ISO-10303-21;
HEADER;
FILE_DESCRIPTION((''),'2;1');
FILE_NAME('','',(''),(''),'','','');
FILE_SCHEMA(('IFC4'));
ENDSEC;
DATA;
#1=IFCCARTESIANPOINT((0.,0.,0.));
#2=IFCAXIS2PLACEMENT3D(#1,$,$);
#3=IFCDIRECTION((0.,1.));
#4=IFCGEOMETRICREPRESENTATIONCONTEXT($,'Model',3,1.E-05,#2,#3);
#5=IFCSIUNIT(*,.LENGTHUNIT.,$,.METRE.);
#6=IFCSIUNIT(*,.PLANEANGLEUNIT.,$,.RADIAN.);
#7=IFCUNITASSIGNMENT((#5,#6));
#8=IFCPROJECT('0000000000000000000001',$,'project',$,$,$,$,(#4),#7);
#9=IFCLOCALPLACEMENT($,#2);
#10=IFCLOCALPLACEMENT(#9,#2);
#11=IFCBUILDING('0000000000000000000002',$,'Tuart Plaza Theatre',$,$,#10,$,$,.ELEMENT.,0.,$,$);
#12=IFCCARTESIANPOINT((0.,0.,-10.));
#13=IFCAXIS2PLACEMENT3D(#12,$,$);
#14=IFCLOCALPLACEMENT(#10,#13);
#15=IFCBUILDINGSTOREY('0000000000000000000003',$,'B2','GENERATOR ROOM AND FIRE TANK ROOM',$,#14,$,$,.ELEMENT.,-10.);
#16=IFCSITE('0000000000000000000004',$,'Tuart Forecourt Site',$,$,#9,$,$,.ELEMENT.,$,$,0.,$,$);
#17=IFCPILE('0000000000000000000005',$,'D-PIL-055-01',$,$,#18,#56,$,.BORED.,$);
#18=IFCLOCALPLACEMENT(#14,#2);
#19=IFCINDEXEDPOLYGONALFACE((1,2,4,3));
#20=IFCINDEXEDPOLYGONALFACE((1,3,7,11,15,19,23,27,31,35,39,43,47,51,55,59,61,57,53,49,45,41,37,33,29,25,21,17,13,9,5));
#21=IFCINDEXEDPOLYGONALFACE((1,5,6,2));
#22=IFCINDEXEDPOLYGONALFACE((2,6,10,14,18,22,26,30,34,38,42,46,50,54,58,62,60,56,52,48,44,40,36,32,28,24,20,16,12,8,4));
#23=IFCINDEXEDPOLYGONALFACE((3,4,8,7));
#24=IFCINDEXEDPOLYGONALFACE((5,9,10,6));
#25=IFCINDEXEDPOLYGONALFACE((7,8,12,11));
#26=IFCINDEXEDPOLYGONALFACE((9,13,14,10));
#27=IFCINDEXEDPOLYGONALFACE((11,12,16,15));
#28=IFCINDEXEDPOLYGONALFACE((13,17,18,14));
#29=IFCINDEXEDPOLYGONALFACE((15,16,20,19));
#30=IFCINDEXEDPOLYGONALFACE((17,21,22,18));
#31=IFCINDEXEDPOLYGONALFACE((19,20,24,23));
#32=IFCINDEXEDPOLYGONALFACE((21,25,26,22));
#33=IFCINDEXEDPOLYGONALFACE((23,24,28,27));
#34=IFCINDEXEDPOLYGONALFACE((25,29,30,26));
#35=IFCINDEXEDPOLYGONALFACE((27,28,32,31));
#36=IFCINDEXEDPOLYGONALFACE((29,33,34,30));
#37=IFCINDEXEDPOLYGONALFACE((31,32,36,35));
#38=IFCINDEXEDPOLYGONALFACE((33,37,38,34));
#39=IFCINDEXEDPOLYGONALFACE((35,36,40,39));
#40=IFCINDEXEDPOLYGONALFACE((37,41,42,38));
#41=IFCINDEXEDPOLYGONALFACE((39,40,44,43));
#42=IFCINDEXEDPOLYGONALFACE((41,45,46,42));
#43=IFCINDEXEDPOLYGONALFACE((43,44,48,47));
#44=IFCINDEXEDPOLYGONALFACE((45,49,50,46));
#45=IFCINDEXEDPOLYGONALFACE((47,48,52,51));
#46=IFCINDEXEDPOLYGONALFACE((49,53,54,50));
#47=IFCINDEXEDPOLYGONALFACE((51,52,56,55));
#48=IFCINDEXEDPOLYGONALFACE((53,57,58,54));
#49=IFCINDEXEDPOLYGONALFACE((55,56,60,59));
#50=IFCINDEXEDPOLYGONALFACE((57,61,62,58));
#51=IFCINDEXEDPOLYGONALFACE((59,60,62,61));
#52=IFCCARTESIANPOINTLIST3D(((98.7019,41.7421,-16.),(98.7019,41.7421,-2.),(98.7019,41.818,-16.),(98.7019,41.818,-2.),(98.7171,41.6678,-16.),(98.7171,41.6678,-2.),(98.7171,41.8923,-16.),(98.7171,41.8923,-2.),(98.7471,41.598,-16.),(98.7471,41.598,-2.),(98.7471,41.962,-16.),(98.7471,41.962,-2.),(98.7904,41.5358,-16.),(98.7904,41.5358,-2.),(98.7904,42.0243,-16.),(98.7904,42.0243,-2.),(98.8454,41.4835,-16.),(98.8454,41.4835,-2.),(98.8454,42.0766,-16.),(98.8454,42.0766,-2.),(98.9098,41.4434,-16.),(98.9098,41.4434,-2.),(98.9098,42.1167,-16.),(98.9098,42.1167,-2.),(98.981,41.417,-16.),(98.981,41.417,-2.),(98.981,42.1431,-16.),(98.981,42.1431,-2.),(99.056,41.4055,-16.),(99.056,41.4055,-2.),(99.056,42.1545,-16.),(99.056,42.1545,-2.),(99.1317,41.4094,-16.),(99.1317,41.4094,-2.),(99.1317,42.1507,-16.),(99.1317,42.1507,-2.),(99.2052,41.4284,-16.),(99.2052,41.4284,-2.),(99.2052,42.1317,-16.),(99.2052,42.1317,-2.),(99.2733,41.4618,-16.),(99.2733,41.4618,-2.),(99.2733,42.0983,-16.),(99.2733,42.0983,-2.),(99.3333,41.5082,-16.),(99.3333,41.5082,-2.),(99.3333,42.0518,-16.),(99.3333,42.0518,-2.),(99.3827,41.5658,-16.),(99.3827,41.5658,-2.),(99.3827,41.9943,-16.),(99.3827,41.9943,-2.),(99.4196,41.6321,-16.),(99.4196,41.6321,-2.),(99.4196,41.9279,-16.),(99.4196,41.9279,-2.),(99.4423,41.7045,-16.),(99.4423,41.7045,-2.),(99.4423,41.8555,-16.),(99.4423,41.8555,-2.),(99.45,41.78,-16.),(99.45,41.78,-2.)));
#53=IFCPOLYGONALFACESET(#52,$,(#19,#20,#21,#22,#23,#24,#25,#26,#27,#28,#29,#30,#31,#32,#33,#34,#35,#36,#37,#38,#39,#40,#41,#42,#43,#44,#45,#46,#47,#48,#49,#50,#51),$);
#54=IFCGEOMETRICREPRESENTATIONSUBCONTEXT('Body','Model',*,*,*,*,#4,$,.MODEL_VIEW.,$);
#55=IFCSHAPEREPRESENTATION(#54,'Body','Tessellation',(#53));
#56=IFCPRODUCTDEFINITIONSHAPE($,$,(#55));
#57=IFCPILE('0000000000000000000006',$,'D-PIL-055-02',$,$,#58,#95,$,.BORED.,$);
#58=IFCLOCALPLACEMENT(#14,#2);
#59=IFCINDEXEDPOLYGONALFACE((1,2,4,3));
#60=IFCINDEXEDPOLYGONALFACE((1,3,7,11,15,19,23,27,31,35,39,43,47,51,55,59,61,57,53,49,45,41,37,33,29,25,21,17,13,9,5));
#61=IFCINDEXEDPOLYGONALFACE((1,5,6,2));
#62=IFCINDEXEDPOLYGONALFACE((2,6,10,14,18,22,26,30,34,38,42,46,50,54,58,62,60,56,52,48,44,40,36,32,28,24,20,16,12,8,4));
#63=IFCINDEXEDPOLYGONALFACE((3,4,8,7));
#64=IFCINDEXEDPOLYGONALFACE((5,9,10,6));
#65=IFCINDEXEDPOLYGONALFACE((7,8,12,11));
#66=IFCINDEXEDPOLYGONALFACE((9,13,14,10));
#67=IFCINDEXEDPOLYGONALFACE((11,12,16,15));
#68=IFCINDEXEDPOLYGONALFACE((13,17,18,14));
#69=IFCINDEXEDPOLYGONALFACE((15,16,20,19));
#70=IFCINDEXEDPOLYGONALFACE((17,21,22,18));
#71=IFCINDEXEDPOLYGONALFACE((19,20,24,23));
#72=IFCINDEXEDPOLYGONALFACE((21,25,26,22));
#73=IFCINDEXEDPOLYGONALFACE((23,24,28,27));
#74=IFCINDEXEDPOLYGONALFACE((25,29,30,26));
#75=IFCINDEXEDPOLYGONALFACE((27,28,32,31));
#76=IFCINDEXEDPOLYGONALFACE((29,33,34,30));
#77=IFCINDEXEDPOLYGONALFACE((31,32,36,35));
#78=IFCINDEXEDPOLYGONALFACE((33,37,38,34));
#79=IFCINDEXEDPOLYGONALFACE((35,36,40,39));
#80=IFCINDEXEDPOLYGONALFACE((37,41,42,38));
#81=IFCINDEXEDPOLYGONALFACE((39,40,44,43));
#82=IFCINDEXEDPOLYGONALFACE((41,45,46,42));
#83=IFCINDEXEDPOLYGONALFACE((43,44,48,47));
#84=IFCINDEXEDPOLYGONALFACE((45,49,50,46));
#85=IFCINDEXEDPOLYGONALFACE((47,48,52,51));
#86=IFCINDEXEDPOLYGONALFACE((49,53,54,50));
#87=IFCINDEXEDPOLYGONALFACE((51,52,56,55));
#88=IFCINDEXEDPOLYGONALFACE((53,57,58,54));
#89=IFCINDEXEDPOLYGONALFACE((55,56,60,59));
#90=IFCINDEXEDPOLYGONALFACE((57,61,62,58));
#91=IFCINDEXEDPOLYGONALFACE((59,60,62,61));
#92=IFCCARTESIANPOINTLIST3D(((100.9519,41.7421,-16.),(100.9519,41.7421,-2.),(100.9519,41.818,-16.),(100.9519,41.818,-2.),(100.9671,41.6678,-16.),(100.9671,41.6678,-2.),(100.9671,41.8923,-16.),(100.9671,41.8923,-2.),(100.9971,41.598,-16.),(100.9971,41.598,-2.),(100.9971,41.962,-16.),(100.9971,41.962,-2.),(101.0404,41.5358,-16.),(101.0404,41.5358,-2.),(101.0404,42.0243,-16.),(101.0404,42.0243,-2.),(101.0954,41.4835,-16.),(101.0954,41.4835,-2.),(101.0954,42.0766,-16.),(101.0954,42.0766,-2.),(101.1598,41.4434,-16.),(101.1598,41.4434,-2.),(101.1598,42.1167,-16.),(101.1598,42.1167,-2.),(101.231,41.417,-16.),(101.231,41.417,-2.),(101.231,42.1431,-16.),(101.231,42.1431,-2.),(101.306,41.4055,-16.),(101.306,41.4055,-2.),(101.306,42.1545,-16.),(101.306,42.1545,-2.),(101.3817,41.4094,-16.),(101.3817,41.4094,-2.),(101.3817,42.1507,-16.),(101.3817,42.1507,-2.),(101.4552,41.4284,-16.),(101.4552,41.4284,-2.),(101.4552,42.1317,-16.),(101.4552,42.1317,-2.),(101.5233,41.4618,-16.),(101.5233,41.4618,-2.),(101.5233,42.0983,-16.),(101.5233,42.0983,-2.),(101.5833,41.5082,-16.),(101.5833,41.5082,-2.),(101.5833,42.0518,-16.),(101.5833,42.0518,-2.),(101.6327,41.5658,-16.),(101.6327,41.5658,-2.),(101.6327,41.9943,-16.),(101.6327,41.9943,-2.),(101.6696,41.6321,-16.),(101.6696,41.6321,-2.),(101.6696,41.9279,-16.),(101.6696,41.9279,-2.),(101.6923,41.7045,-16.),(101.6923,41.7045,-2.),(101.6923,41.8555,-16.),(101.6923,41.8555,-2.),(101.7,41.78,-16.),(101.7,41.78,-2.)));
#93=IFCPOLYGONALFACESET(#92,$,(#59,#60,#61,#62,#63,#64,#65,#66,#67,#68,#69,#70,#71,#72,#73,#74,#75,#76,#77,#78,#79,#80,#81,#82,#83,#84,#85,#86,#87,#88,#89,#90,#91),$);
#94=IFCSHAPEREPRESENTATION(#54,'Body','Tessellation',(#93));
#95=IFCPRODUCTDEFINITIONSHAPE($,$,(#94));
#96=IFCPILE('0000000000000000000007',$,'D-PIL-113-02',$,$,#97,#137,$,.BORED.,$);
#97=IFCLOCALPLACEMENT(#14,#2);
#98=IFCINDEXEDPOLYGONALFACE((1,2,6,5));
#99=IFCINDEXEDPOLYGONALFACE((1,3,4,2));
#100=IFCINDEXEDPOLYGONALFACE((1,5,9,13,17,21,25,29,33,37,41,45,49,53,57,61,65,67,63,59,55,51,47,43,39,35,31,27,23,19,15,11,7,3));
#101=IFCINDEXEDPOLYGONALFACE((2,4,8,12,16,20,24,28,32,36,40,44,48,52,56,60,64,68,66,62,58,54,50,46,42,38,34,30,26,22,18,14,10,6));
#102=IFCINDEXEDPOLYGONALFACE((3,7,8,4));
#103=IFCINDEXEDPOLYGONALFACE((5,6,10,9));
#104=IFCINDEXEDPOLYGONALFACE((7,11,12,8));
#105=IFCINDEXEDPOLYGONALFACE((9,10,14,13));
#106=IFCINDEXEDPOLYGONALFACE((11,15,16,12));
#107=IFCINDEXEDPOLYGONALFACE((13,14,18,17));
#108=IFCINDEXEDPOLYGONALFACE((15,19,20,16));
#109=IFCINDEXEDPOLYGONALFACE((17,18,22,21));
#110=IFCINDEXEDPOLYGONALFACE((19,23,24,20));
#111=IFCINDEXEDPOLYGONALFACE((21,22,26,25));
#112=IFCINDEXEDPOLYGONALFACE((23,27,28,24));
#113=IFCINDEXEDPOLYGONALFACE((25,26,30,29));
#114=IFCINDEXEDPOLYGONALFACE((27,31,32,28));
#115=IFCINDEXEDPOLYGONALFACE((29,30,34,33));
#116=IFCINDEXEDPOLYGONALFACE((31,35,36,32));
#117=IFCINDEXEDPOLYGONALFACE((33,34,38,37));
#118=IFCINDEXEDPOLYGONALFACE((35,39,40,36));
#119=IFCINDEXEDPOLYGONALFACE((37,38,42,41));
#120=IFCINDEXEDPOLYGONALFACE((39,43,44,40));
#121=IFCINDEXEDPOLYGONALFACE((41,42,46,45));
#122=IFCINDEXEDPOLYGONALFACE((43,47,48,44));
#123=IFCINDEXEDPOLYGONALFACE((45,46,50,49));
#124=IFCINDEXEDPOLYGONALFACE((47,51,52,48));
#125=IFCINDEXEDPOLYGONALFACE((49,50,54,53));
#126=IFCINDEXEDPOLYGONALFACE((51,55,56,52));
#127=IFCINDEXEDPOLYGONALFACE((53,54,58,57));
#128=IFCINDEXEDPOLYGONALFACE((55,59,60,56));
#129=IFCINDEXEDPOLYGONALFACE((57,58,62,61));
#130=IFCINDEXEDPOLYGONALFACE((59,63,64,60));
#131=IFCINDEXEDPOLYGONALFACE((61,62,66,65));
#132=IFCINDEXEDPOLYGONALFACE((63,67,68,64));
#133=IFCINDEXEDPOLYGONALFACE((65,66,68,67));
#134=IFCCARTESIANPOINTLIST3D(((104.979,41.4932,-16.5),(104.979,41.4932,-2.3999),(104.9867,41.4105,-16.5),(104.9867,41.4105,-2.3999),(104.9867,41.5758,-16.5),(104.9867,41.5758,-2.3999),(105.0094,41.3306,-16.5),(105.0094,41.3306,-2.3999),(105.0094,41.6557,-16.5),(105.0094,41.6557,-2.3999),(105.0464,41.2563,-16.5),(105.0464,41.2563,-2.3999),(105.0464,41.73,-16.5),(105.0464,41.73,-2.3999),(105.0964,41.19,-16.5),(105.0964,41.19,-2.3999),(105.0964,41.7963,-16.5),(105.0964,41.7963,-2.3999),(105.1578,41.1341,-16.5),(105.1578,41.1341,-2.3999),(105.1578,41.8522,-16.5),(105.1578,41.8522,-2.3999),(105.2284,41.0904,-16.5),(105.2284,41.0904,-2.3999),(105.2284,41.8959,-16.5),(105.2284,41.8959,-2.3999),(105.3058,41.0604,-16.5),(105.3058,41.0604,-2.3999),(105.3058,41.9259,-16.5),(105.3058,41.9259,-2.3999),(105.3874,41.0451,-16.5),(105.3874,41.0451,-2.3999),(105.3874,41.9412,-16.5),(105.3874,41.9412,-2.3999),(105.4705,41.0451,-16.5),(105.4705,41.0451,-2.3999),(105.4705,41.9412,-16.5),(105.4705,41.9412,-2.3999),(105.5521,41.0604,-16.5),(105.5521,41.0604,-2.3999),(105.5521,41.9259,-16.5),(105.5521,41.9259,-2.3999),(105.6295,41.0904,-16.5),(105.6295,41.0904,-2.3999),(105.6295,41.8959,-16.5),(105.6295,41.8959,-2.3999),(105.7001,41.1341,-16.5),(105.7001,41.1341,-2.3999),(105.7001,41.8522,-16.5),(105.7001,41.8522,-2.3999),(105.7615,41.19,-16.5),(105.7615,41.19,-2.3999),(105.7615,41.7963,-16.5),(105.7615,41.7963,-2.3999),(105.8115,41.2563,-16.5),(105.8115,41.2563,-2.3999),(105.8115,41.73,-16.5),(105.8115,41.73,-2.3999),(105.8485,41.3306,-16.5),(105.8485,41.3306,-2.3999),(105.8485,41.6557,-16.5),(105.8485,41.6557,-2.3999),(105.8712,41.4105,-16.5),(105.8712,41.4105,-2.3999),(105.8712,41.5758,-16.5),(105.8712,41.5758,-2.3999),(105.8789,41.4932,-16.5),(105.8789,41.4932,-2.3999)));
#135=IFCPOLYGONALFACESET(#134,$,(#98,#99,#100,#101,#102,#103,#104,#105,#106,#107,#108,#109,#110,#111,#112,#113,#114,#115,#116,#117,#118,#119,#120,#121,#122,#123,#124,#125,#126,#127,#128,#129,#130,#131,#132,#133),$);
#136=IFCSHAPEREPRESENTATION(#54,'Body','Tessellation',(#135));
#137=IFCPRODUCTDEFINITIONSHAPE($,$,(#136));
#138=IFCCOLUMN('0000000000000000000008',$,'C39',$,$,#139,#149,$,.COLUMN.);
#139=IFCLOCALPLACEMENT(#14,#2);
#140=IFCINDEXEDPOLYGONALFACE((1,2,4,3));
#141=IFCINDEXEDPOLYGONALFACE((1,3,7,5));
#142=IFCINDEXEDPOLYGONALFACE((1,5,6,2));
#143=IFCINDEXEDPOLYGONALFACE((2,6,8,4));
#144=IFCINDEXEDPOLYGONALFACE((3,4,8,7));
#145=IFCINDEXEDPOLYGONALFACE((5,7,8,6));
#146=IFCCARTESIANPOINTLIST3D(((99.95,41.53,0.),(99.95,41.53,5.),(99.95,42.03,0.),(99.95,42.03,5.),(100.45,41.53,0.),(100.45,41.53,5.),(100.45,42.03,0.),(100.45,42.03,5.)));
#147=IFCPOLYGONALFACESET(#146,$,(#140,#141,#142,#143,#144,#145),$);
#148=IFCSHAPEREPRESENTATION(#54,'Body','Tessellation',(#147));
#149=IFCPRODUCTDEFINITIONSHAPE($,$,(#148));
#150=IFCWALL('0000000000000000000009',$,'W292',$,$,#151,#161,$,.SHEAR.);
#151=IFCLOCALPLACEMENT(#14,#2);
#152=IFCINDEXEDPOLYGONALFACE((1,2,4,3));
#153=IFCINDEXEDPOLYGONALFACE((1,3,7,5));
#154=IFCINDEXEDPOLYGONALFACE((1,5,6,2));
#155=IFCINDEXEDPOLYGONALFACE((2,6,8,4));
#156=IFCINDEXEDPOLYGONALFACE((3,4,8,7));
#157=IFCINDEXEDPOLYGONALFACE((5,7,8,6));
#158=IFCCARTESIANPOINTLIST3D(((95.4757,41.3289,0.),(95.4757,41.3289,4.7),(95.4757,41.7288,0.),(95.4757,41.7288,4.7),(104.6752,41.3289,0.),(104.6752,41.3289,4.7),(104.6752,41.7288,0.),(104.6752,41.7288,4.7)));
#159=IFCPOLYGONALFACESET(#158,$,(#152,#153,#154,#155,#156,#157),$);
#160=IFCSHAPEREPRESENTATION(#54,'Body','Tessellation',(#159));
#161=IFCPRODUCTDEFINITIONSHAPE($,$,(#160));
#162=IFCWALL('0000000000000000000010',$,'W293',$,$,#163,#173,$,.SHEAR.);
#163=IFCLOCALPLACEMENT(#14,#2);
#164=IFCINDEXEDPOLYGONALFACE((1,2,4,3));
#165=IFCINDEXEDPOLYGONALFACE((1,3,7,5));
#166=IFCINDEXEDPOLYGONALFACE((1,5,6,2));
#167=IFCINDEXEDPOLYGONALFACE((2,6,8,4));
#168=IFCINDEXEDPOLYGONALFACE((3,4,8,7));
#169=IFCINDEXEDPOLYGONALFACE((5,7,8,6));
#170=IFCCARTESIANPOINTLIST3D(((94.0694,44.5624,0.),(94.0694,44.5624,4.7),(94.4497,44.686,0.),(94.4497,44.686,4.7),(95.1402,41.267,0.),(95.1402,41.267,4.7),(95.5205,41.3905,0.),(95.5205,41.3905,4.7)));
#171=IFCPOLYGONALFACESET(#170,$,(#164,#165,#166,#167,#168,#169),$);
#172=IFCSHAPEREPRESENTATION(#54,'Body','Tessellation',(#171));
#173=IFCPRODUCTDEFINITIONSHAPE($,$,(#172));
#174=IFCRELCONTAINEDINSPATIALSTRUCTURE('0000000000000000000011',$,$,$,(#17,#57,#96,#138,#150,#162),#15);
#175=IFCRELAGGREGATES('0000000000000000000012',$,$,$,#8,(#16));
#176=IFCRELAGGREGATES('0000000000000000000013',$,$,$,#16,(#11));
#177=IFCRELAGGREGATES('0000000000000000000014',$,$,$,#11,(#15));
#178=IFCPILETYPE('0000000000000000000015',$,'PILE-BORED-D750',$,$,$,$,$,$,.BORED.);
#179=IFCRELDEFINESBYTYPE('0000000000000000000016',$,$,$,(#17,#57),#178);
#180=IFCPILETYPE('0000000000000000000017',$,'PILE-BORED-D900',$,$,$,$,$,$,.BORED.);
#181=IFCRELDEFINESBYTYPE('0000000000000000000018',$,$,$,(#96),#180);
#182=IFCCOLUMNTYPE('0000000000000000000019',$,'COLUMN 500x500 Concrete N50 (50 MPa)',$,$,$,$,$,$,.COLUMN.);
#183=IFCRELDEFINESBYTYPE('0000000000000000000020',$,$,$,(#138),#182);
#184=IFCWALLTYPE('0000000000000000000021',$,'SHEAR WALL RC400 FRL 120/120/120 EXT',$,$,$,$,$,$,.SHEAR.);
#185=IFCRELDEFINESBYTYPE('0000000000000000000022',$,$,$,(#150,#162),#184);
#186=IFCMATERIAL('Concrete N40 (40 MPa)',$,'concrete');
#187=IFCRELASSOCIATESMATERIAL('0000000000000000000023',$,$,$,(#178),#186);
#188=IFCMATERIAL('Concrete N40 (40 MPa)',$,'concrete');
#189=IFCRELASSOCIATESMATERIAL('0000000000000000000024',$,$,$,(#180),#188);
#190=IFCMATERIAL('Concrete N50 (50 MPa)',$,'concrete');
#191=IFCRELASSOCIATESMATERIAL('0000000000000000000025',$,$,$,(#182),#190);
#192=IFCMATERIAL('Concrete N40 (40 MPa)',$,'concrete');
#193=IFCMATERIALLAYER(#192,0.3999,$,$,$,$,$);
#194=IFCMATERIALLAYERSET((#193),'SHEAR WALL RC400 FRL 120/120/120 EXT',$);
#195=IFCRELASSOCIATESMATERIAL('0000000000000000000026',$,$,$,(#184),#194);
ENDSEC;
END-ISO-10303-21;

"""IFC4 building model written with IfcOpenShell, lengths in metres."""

from ifc_helpers import new_model, si_unit, direction, frame, frame_2d, origin, origin_2d, place, context, subcontext, project, spatial, rectangle, circle, extrude, material, layer, layer_set, material_profile, profile_set, type_object, element, save


model = new_model("IFC4")

# Units and contexts
model_context = context("Model", 3, precision=1e-05, world=origin(), true_north=direction((0.0, 1.0)))
body_context = subcontext(model_context, "Body", "Model", "MODEL_VIEW")
ifc_project = project(units=[si_unit("LENGTHUNIT", "METRE"), si_unit("PLANEANGLEUNIT", "RADIAN")], contexts=[model_context])

# Site, building, storey
site_placement = place(None, origin())
site = spatial("IfcSite", under=ifc_project, at=site_placement, Name="Tuart Forecourt Site", CompositionType="ELEMENT", RefElevation=0.0)
building_placement = place(site_placement, origin())
building = spatial("IfcBuilding", under=site, at=building_placement, Name="Tuart Plaza Theatre", CompositionType="ELEMENT", ElevationOfRefHeight=0.0)
storey_placement = place(building_placement, frame((0.0, 0.0, -10.0)))
storey = spatial("IfcBuildingStorey", under=building, at=storey_placement, Name="B2", Description="GENERATOR ROOM AND FIRE TANK ROOM", CompositionType="ELEMENT", Elevation=-10.0)

# Piles
ifc_material_1 = material(Name="Concrete N40 (40 MPa)", Category="concrete")
ifc_material_profile_1 = material_profile(ifc_material_1, circle(Radius=0.375, at=origin_2d()), Name="PILE-BORED-D750")
ifc_profile_set_1 = profile_set([ifc_material_profile_1], Name="Concrete N40 (40 MPa)")
pile_type_1 = type_object("IfcPileType", Name="PILE-BORED-D750", PredefinedType="BORED", material=ifc_profile_set_1)
for number, where, z_axis, x_axis, name in (
    (1, (99.075, 41.78, -2.0), (0.0, 0.0, -1.0), (1.0, 0.0, 0.0), "D-PIL-055-01"),
    (2, (101.325, 41.78, -2.0), (0.0, 0.0, -1.0), (1.0, 0.0, 0.0), "D-PIL-055-02"),
):
    element("IfcPile", number, at=place(storey_placement, frame(where, z_axis=z_axis, x_axis=x_axis)), inside=storey, type_object=pile_type_1, Name=name, PredefinedType="BORED", context=body_context, shape_type="SweptSolid", body=[
        extrude(circle(Radius=0.375, at=origin_2d()), origin(), (0.0, 0.0, 1.0), 14.0),
    ])
ifc_material_2 = material(Name="Concrete N40 (40 MPa)", Category="concrete")
ifc_material_profile_2 = material_profile(ifc_material_2, circle(Radius=0.45, at=origin_2d()), Name="PILE-BORED-D900")
ifc_profile_set_2 = profile_set([ifc_material_profile_2], Name="Concrete N40 (40 MPa)")
pile_type_2 = type_object("IfcPileType", Name="PILE-BORED-D900", PredefinedType="BORED", material=ifc_profile_set_2)
pile_1_placement = place(storey_placement, frame((105.429, 41.4932, -2.3999), z_axis=(0.0, 0.0, -1.0), x_axis=(1.0, 0.0, 0.0)))
element("IfcPile", 3, at=pile_1_placement, inside=storey, type_object=pile_type_2, Name="D-PIL-113-02", PredefinedType="BORED", context=body_context, shape_type="SweptSolid", body=[
    extrude(circle(Radius=0.45, at=origin_2d()), origin(), (0.0, 0.0, 1.0), 14.1001),
])

# Column
ifc_material_3 = material(Name="Concrete N50 (50 MPa)", Category="concrete")
ifc_material_profile_3 = material_profile(ifc_material_3, rectangle(XDim=0.5, YDim=0.5, at=origin_2d()), Name="COLUMN 500x500 Concrete N50 (50 MPa)")
ifc_profile_set_3 = profile_set([ifc_material_profile_3], Name="Concrete N50 (50 MPa)")
column_type = type_object("IfcColumnType", Name="COLUMN 500x500 Concrete N50 (50 MPa)", PredefinedType="COLUMN", material=ifc_profile_set_3)
column_placement = place(storey_placement, frame((100.2, 41.78, 0.0), z_axis=(0.0, 0.0, 1.0), x_axis=(1.0, 0.0, 0.0)))
element("IfcColumn", 4, at=column_placement, inside=storey, type_object=column_type, Name="C39", PredefinedType="COLUMN", context=body_context, shape_type="SweptSolid", body=[
    extrude(rectangle(XDim=0.5, YDim=0.5, at=origin_2d()), origin(), (0.0, 0.0, 1.0), 5.0),
])

# Walls
ifc_material_4 = material(Name="Concrete N40 (40 MPa)", Category="concrete")
ifc_layer = layer(ifc_material_4, 0.3999)
ifc_layer_set = layer_set([ifc_layer], Name="SHEAR WALL RC400 FRL 120/120/120 EXT")
wall_type = type_object("IfcWallType", Name="SHEAR WALL RC400 FRL 120/120/120 EXT", PredefinedType="SHEAR", material=ifc_layer_set)
wall_1_placement = place(storey_placement, frame((104.675, 41.5288, 0.0), z_axis=(0.0, 0.0, 1.0), x_axis=(-1.0, 0.0, 0.0)))
element("IfcWall", 5, at=wall_1_placement, inside=storey, type_object=wall_type, Name="W292", PredefinedType="SHEAR", context=body_context, shape_type="SweptSolid", body=[
    extrude(rectangle(XDim=9.1995, YDim=0.3999, at=frame_2d((4.5996, 0.0))), origin(), (0.0, 0.0, 1.0), 4.7),
])
wall_2_placement = place(storey_placement, frame((95.3303, 41.3289, 0.0), z_axis=(0.0, 0.0, 1.0), x_axis=(-0.309032, 0.951052, 0.0)))
element("IfcWall", 6, at=wall_2_placement, inside=storey, type_object=wall_type, Name="W293", PredefinedType="SHEAR", context=body_context, shape_type="SweptSolid", body=[
    extrude(rectangle(XDim=3.4651, YDim=0.3999, at=frame_2d((1.7324, 0.0))), origin(), (0.0, 0.0, 1.0), 4.7),
])

save(model, "model.ifc")
